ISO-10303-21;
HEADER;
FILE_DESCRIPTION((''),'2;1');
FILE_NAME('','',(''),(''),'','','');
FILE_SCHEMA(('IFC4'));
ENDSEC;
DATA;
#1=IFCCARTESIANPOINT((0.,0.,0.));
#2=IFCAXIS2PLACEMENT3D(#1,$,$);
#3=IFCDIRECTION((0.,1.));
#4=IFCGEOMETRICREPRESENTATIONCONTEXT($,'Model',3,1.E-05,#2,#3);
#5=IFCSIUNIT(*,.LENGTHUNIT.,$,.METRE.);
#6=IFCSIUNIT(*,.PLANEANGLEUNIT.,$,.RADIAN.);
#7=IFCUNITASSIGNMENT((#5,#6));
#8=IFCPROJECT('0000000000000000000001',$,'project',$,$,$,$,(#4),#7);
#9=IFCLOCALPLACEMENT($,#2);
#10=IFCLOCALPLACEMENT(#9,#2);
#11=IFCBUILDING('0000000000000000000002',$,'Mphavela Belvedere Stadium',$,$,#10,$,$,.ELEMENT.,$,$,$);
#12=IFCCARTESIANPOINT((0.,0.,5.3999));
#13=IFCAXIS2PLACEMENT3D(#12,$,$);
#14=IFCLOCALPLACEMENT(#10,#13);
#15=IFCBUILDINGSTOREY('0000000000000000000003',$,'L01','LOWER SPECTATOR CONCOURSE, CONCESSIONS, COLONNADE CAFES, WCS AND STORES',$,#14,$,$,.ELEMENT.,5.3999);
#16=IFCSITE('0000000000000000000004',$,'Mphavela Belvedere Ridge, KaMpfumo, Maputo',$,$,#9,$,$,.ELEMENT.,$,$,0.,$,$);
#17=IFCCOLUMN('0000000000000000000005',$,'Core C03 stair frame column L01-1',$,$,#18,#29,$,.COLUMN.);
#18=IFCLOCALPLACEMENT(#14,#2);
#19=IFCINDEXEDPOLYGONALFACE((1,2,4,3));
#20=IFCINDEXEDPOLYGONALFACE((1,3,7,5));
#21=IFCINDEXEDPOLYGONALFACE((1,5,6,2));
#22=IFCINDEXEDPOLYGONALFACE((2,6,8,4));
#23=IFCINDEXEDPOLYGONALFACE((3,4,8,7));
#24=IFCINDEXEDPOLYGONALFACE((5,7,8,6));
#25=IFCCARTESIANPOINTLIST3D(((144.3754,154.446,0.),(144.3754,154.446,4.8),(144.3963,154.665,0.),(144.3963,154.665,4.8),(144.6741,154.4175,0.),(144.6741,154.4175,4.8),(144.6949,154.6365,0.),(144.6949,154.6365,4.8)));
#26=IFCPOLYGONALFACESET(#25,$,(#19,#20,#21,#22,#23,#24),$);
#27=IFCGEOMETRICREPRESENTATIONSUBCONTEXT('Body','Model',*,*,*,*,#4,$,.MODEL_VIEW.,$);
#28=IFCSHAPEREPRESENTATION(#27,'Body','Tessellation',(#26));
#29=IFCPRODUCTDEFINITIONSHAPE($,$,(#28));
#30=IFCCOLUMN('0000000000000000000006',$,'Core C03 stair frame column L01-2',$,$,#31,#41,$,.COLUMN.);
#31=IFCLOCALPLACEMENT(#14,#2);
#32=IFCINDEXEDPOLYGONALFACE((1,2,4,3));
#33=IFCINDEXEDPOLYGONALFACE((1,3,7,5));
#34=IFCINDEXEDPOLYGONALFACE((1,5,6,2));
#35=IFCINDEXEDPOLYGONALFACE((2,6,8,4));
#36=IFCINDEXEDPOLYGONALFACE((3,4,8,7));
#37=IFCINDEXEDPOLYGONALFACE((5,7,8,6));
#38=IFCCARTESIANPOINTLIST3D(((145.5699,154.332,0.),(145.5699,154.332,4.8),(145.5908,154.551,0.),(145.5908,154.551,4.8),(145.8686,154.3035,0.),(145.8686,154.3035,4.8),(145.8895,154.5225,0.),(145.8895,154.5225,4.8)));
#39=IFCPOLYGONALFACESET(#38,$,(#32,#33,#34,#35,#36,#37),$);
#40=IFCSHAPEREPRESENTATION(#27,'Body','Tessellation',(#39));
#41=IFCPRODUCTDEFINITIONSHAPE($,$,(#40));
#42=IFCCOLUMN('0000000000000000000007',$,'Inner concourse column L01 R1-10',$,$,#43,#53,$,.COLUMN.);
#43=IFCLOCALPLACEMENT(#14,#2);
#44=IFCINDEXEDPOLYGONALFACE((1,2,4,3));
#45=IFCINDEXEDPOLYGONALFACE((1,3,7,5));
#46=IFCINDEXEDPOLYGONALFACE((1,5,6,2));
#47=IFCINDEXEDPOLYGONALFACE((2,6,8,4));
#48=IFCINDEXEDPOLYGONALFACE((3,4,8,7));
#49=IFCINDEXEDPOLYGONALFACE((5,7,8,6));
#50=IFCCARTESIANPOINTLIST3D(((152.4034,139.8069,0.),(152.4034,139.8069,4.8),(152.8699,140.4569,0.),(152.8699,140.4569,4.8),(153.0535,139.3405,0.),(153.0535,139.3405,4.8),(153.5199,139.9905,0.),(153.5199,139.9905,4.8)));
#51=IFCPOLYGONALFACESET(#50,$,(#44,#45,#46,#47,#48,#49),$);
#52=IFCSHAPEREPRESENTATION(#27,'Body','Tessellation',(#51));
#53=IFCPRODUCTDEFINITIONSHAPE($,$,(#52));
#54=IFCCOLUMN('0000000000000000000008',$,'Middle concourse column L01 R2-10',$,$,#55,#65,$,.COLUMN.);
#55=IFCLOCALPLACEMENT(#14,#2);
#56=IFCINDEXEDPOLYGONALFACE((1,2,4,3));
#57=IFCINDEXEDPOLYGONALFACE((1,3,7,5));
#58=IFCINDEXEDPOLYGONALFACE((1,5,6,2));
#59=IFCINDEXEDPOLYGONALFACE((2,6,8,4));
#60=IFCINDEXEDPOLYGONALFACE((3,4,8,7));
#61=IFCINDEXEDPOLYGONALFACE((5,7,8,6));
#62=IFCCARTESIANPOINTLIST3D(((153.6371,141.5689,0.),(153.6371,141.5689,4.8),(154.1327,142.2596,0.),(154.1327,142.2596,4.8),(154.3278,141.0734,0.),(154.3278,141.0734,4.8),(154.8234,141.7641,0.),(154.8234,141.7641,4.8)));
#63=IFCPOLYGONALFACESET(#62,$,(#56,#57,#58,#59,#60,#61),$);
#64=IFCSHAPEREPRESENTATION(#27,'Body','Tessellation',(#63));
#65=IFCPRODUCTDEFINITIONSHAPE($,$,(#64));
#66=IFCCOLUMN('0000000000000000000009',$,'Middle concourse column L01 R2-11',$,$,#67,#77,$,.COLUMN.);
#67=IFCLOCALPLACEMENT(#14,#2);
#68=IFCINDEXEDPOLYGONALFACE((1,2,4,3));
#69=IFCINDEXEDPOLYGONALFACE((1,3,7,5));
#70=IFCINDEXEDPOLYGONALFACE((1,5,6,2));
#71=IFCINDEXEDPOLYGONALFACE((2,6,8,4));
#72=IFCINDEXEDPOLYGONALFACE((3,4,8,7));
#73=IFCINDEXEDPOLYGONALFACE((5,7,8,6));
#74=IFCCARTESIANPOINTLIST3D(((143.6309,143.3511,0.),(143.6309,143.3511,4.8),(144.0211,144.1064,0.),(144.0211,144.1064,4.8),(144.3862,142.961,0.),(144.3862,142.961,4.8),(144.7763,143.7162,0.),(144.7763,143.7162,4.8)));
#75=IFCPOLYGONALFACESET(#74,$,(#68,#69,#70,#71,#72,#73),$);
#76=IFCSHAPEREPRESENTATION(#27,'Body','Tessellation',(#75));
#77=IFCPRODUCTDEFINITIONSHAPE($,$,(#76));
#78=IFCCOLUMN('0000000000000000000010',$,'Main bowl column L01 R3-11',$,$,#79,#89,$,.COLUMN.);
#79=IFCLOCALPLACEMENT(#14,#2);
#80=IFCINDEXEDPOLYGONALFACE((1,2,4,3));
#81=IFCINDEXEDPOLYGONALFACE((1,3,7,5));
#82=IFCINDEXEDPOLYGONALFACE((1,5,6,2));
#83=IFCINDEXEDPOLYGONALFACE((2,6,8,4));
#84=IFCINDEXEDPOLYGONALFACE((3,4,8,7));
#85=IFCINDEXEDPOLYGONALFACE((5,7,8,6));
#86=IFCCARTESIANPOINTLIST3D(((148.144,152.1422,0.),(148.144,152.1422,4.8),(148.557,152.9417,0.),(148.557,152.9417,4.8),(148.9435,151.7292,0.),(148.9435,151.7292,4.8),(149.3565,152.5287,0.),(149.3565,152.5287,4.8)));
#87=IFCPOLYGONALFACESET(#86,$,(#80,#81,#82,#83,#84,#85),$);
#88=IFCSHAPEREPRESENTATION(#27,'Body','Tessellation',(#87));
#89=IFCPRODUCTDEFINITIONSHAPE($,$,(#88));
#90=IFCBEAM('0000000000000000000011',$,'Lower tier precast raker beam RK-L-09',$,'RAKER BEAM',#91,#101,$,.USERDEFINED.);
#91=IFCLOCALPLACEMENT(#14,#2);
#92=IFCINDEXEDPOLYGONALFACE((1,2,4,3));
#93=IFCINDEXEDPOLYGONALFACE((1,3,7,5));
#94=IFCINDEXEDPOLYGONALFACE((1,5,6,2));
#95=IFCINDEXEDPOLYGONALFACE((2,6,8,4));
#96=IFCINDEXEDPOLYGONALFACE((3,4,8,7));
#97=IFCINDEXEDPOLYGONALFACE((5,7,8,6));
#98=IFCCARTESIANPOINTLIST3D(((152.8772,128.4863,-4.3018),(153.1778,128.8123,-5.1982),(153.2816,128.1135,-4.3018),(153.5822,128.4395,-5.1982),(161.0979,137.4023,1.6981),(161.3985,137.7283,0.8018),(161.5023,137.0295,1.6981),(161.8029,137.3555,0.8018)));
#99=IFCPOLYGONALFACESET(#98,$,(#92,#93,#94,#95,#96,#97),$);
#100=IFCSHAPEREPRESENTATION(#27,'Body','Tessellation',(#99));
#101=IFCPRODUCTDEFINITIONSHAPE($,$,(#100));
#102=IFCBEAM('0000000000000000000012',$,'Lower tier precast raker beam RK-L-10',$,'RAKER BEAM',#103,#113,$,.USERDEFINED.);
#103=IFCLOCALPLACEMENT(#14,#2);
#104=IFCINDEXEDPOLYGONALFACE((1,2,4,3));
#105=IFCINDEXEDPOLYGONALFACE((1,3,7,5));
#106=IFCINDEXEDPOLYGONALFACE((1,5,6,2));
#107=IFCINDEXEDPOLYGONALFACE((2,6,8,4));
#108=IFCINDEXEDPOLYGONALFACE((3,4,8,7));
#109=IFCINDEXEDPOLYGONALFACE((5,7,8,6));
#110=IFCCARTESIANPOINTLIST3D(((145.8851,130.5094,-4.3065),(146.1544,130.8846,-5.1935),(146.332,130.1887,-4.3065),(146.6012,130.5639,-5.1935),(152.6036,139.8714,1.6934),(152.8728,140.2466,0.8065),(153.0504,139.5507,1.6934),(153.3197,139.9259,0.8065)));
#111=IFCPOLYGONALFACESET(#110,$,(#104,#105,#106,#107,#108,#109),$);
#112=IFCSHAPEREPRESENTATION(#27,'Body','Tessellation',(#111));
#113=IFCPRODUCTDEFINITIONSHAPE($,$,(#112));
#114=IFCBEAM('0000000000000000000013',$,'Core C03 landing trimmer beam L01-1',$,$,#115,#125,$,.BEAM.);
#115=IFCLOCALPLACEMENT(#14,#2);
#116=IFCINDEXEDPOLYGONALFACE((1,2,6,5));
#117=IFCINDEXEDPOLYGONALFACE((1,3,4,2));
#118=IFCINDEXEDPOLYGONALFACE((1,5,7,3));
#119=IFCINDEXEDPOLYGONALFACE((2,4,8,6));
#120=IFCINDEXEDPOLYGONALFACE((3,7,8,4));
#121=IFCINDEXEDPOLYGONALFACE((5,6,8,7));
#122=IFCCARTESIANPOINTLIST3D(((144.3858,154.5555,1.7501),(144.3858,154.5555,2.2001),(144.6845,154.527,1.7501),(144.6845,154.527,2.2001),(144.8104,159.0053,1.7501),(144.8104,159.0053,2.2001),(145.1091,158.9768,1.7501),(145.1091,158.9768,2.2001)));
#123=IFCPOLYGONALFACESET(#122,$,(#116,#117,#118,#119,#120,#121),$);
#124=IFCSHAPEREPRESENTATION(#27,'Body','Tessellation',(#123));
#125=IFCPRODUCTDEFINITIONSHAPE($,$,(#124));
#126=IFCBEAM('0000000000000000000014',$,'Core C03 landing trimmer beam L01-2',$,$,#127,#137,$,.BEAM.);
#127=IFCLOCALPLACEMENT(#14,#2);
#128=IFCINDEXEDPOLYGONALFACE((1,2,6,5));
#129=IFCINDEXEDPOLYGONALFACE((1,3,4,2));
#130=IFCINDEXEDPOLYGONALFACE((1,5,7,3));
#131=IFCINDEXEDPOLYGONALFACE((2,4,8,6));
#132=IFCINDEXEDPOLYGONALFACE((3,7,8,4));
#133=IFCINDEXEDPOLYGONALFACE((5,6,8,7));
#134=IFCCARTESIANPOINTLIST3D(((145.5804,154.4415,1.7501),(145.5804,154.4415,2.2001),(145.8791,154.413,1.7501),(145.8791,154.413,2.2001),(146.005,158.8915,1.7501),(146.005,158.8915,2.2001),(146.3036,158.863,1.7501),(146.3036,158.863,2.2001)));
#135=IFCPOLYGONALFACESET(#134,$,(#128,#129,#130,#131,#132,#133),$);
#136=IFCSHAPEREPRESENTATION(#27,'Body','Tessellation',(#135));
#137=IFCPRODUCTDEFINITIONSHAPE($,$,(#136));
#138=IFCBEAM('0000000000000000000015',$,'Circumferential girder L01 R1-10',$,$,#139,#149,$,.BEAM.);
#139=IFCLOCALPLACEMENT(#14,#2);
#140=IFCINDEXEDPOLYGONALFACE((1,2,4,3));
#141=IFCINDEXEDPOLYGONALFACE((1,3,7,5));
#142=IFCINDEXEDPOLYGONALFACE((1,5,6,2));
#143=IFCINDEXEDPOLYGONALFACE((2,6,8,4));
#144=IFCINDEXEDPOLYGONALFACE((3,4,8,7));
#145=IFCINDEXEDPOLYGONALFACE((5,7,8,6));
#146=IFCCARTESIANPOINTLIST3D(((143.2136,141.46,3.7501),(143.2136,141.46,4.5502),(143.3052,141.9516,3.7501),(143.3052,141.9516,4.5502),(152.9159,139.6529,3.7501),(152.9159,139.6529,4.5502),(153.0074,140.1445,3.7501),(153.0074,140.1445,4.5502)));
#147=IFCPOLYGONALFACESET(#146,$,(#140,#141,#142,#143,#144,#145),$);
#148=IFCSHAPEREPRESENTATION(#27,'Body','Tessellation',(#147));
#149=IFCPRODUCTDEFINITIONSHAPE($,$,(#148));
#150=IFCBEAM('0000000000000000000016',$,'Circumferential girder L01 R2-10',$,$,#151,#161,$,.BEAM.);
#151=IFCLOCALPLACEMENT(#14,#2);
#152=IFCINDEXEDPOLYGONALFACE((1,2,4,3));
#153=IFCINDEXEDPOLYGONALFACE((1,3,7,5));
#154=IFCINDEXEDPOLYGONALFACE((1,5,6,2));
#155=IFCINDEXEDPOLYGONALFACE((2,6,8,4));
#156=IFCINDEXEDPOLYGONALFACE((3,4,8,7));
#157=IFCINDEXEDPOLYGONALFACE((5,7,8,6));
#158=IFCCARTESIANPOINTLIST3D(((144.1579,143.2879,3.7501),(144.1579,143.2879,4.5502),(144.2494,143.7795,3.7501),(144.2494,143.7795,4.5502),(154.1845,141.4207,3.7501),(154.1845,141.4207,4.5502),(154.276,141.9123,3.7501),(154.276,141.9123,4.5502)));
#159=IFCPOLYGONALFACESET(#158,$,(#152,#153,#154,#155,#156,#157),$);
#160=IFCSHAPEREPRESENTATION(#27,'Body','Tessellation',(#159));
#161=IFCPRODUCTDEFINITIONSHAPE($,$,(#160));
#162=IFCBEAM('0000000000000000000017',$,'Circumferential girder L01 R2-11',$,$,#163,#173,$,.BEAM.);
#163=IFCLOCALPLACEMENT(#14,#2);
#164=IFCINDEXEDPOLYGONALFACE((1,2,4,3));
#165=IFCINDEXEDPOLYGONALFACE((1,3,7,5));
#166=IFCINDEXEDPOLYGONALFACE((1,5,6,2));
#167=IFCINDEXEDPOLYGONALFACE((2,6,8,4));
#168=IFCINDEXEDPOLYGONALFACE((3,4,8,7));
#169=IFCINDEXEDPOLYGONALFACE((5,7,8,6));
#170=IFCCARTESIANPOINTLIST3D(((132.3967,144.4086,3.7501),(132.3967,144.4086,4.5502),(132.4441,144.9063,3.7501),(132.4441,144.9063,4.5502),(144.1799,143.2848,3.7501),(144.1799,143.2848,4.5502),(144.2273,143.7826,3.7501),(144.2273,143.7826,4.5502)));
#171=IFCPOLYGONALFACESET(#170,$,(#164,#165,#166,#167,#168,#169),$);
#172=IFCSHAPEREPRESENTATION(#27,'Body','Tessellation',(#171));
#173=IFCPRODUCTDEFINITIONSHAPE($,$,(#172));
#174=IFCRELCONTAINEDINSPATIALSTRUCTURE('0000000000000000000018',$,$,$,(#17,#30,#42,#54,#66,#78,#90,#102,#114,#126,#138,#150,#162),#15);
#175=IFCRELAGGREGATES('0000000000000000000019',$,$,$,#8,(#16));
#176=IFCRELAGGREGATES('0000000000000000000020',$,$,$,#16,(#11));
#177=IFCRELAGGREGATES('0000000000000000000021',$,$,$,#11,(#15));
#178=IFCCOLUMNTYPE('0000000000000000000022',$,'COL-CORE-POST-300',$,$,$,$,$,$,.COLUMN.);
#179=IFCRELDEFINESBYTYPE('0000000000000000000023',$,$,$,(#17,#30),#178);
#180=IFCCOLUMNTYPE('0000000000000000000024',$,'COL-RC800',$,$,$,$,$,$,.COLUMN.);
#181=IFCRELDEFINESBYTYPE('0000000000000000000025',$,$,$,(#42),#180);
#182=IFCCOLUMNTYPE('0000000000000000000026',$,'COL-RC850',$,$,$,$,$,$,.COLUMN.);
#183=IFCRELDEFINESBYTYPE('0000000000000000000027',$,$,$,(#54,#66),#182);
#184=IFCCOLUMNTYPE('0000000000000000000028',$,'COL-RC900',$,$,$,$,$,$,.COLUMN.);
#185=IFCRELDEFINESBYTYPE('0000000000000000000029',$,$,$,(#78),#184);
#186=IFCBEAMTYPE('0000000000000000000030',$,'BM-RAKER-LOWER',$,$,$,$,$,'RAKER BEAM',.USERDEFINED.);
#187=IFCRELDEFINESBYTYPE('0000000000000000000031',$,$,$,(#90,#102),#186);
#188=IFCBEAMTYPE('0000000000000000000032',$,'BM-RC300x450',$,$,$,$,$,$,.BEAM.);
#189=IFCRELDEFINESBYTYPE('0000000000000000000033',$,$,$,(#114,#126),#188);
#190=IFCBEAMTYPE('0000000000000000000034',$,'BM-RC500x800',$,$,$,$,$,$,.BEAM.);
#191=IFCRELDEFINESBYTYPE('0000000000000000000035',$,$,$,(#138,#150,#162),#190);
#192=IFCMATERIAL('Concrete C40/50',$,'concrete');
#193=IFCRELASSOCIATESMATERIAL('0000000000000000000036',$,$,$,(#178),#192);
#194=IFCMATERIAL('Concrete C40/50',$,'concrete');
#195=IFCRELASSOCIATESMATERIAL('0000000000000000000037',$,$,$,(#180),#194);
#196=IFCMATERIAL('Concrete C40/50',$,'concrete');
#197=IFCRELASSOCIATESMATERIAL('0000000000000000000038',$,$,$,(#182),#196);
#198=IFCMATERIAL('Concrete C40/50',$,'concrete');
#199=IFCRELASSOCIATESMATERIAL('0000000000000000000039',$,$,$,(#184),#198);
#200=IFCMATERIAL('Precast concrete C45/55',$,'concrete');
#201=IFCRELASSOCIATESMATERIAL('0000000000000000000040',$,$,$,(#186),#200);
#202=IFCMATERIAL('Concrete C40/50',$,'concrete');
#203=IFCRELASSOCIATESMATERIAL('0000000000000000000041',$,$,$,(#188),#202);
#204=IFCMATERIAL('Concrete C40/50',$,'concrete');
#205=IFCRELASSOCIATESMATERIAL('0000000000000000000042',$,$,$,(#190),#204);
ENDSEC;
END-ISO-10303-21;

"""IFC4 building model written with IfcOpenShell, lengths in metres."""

from ifc_helpers import new_model, si_unit, direction, frame, origin, origin_2d, place, context, subcontext, project, spatial, rectangle, extrude, material, material_profile, profile_set, type_object, element, save


model = new_model("IFC4")

# Units and contexts
model_context = context("Model", 3, precision=1e-05, world=origin(), true_north=direction((0.0, 1.0)))
body_context = subcontext(model_context, "Body", "Model", "MODEL_VIEW")
ifc_project = project(units=[si_unit("LENGTHUNIT", "METRE"), si_unit("PLANEANGLEUNIT", "RADIAN")], contexts=[model_context])

# Site, building, storey
site_placement = place(None, origin())
site = spatial("IfcSite", under=ifc_project, at=site_placement, Name="Mphavela Belvedere Ridge, KaMpfumo, Maputo", CompositionType="ELEMENT", RefElevation=0.0)
building_placement = place(site_placement, origin())
building = spatial("IfcBuilding", under=site, at=building_placement, Name="Mphavela Belvedere Stadium", CompositionType="ELEMENT")
storey_placement = place(building_placement, frame((0.0, 0.0, 5.3999)))
storey = spatial("IfcBuildingStorey", under=building, at=storey_placement, Name="L01", Description="LOWER SPECTATOR CONCOURSE, CONCESSIONS, COLONNADE CAFES, WCS AND STORES", CompositionType="ELEMENT", Elevation=5.3999)

# Columns
ifc_material_1 = material(Name="Concrete C40/50", Category="concrete")
ifc_material_profile_1 = material_profile(ifc_material_1, rectangle(XDim=0.3, YDim=0.22, at=origin_2d()), Name="RC 300x220")
ifc_profile_set_1 = profile_set([ifc_material_profile_1], Name="Concrete C40/50")
column_type_1 = type_object("IfcColumnType", Name="COL-CORE-POST-300", PredefinedType="COLUMN", material=ifc_profile_set_1)
for number, where, z_axis, x_axis, name in (
    (1, (144.5352, 154.5413, 0.0), (0.0, 0.0, 1.0), (0.995479, -0.094977, 0.0), "Core C03 stair frame column L01-1"),
    (2, (145.7297, 154.4272, 0.0), (0.0, 0.0, 1.0), (0.995479, -0.094977, 0.0), "Core C03 stair frame column L01-2"),
):
    element("IfcColumn", number, at=place(storey_placement, frame(where, z_axis=z_axis, x_axis=x_axis)), inside=storey, type_object=column_type_1, Name=name, PredefinedType="COLUMN", context=body_context, shape_type="SweptSolid", body=[
        extrude(rectangle(XDim=0.3, YDim=0.22, at=origin_2d()), origin(), (0.0, 0.0, 1.0), 4.8),
    ])
ifc_material_2 = material(Name="Concrete C40/50", Category="concrete")
ifc_material_profile_2 = material_profile(ifc_material_2, rectangle(XDim=0.8, YDim=0.8, at=origin_2d()), Name="RC 800x800")
ifc_profile_set_2 = profile_set([ifc_material_profile_2], Name="Concrete C40/50")
column_type_2 = type_object("IfcColumnType", Name="COL-RC800", PredefinedType="COLUMN", material=ifc_profile_set_2)
column_1_placement = place(storey_placement, frame((152.9617, 139.8987, 0.0), z_axis=(0.0, 0.0, 1.0), x_axis=(0.582974, 0.812491, 0.0)))
element("IfcColumn", 3, at=column_1_placement, inside=storey, type_object=column_type_2, Name="Inner concourse column L01 R1-10", PredefinedType="COLUMN", context=body_context, shape_type="SweptSolid", body=[
    extrude(rectangle(XDim=0.8, YDim=0.8, at=origin_2d()), origin(), (0.0, 0.0, 1.0), 4.8),
])
ifc_material_3 = material(Name="Concrete C40/50", Category="concrete")
ifc_material_profile_3 = material_profile(ifc_material_3, rectangle(XDim=0.8501, YDim=0.8501, at=origin_2d()), Name="RC 850x850")
ifc_profile_set_3 = profile_set([ifc_material_profile_3], Name="Concrete C40/50")
column_type_3 = type_object("IfcColumnType", Name="COL-RC850", PredefinedType="COLUMN", material=ifc_profile_set_3)
for number, where, z_axis, x_axis, name in (
    (4, (154.2302, 141.6665, 0.0), (0.0, 0.0, 1.0), (0.582974, 0.812491, 0.0), "Middle concourse column L01 R2-10"),
    (5, (144.2036, 143.5337, 0.0), (0.0, 0.0, 1.0), (0.45896, 0.888457, 0.0), "Middle concourse column L01 R2-11"),
):
    element("IfcColumn", number, at=place(storey_placement, frame(where, z_axis=z_axis, x_axis=x_axis)), inside=storey, type_object=column_type_3, Name=name, PredefinedType="COLUMN", context=body_context, shape_type="SweptSolid", body=[
        extrude(rectangle(XDim=0.8501, YDim=0.8501, at=origin_2d()), origin(), (0.0, 0.0, 1.0), 4.8),
    ])
ifc_material_4 = material(Name="Concrete C40/50", Category="concrete")
ifc_material_profile_4 = material_profile(ifc_material_4, rectangle(XDim=0.8999, YDim=0.8999, at=origin_2d()), Name="RC 900x900")
ifc_profile_set_4 = profile_set([ifc_material_profile_4], Name="Concrete C40/50")
column_type_4 = type_object("IfcColumnType", Name="COL-RC900", PredefinedType="COLUMN", material=ifc_profile_set_4)
column_2_placement = place(storey_placement, frame((148.7502, 152.3354, 0.0), z_axis=(0.0, 0.0, 1.0), x_axis=(0.45896, 0.888457, 0.0)))
element("IfcColumn", 6, at=column_2_placement, inside=storey, type_object=column_type_4, Name="Main bowl column L01 R3-11", PredefinedType="COLUMN", context=body_context, shape_type="SweptSolid", body=[
    extrude(rectangle(XDim=0.8999, YDim=0.8999, at=origin_2d()), origin(), (0.0, 0.0, 1.0), 4.8),
])

# Beams
ifc_material_5 = material(Name="Precast concrete C45/55", Category="concrete")
ifc_material_profile_5 = material_profile(ifc_material_5, rectangle(XDim=0.55, YDim=1.0, at=origin_2d()), Name="PC 550x1000")
ifc_profile_set_5 = profile_set([ifc_material_profile_5], Name="Precast concrete C45/55")
beam_type_1 = type_object("IfcBeamType", Name="BM-RAKER-LOWER", ElementType="RAKER BEAM", PredefinedType="USERDEFINED", material=ifc_profile_set_5)
beam_1_placement = place(storey_placement, frame((153.2297, 128.4629, -4.75), z_axis=(0.607567, 0.658955, 0.443442), x_axis=(-0.735192, 0.677859, 0.0)))
element("IfcBeam", 7, at=beam_1_placement, inside=storey, type_object=beam_type_1, Name="Lower tier precast raker beam RK-L-09", ObjectType="RAKER BEAM", PredefinedType="USERDEFINED", context=body_context, shape_type="SweptSolid", body=[
    extrude(rectangle(XDim=0.55, YDim=1.0, at=origin_2d()), origin(), (0.0, 0.0, 1.0), 13.5305),
])
beam_2_placement = place(storey_placement, frame((146.2432, 130.5366, -4.75), z_axis=(0.517135, 0.720614, 0.46183), x_axis=(-0.812446, 0.583036, 0.0)))
element("IfcBeam", 8, at=beam_2_placement, inside=storey, type_object=beam_type_1, Name="Lower tier precast raker beam RK-L-10", ObjectType="RAKER BEAM", PredefinedType="USERDEFINED", context=body_context, shape_type="SweptSolid", body=[
    extrude(rectangle(XDim=0.55, YDim=1.0, at=origin_2d()), origin(), (0.0, 0.0, 1.0), 12.9917),
])
ifc_material_6 = material(Name="Concrete C40/50", Category="concrete")
ifc_material_profile_6 = material_profile(ifc_material_6, rectangle(XDim=0.3, YDim=0.45, at=origin_2d()), Name="RC 300x450")
ifc_profile_set_6 = profile_set([ifc_material_profile_6], Name="Concrete C40/50")
beam_type_2 = type_object("IfcBeamType", Name="BM-RC300x450", PredefinedType="BEAM", material=ifc_profile_set_6)
beam_3_placement = place(storey_placement, frame((144.5352, 154.5413, 1.9751), z_axis=(0.094982, 0.995479, 0.0), x_axis=(-0.995479, 0.094982, 0.0)))
element("IfcBeam", 9, at=beam_3_placement, inside=storey, type_object=beam_type_2, Name="Core C03 landing trimmer beam L01-1", PredefinedType="BEAM", context=body_context, shape_type="SweptSolid", body=[
    extrude(rectangle(XDim=0.3, YDim=0.45, at=origin_2d()), origin(), (0.0, 0.0, 1.0), 4.47),
])
beam_4_placement = place(storey_placement, frame((145.7297, 154.4272, 1.9751), z_axis=(0.094977, 0.99548, 0.0), x_axis=(-0.99548, 0.094977, 0.0)))
element("IfcBeam", 10, at=beam_4_placement, inside=storey, type_object=beam_type_2, Name="Core C03 landing trimmer beam L01-2", PredefinedType="BEAM", context=body_context, shape_type="SweptSolid", body=[
    extrude(rectangle(XDim=0.3, YDim=0.45, at=origin_2d()), origin(), (0.0, 0.0, 1.0), 4.4702),
])
ifc_material_7 = material(Name="Concrete C40/50", Category="concrete")
ifc_material_profile_7 = material_profile(ifc_material_7, rectangle(XDim=0.5, YDim=0.8, at=origin_2d()), Name="RC 500x800")
ifc_profile_set_7 = profile_set([ifc_material_profile_7], Name="Concrete C40/50")
beam_type_3 = type_object("IfcBeamType", Name="BM-RC500x800", PredefinedType="BEAM", material=ifc_profile_set_7)
beam_5_placement = place(storey_placement, frame((152.9617, 139.8987, 4.1501), z_axis=(-0.983093, 0.183107, 0.0), x_axis=(-0.183107, -0.983093, 0.0)))
element("IfcBeam", 11, at=beam_5_placement, inside=storey, type_object=beam_type_3, Name="Circumferential girder L01 R1-10", PredefinedType="BEAM", context=body_context, shape_type="SweptSolid", body=[
    extrude(rectangle(XDim=0.5, YDim=0.8, at=origin_2d()), origin(), (0.0, 0.0, 1.0), 9.8691),
])
beam_6_placement = place(storey_placement, frame((154.2302, 141.6665, 4.1501), z_axis=(-0.983099, 0.183076, 0.0), x_axis=(-0.183076, -0.983099, 0.0)))
element("IfcBeam", 12, at=beam_6_placement, inside=storey, type_object=beam_type_3, Name="Circumferential girder L01 R2-10", PredefinedType="BEAM", context=body_context, shape_type="SweptSolid", body=[
    extrude(rectangle(XDim=0.5, YDim=0.8, at=origin_2d()), origin(), (0.0, 0.0, 1.0), 10.199),
])
beam_7_placement = place(storey_placement, frame((144.2036, 143.5337, 4.1501), z_axis=(-0.995483, 0.09494, 0.0), x_axis=(-0.09494, -0.995483, 0.0)))
element("IfcBeam", 13, at=beam_7_placement, inside=storey, type_object=beam_type_3, Name="Circumferential girder L01 R2-11", PredefinedType="BEAM", context=body_context, shape_type="SweptSolid", body=[
    extrude(rectangle(XDim=0.5, YDim=0.8, at=origin_2d()), origin(), (0.0, 0.0, 1.0), 11.8367),
])

save(model, "model.ifc")
